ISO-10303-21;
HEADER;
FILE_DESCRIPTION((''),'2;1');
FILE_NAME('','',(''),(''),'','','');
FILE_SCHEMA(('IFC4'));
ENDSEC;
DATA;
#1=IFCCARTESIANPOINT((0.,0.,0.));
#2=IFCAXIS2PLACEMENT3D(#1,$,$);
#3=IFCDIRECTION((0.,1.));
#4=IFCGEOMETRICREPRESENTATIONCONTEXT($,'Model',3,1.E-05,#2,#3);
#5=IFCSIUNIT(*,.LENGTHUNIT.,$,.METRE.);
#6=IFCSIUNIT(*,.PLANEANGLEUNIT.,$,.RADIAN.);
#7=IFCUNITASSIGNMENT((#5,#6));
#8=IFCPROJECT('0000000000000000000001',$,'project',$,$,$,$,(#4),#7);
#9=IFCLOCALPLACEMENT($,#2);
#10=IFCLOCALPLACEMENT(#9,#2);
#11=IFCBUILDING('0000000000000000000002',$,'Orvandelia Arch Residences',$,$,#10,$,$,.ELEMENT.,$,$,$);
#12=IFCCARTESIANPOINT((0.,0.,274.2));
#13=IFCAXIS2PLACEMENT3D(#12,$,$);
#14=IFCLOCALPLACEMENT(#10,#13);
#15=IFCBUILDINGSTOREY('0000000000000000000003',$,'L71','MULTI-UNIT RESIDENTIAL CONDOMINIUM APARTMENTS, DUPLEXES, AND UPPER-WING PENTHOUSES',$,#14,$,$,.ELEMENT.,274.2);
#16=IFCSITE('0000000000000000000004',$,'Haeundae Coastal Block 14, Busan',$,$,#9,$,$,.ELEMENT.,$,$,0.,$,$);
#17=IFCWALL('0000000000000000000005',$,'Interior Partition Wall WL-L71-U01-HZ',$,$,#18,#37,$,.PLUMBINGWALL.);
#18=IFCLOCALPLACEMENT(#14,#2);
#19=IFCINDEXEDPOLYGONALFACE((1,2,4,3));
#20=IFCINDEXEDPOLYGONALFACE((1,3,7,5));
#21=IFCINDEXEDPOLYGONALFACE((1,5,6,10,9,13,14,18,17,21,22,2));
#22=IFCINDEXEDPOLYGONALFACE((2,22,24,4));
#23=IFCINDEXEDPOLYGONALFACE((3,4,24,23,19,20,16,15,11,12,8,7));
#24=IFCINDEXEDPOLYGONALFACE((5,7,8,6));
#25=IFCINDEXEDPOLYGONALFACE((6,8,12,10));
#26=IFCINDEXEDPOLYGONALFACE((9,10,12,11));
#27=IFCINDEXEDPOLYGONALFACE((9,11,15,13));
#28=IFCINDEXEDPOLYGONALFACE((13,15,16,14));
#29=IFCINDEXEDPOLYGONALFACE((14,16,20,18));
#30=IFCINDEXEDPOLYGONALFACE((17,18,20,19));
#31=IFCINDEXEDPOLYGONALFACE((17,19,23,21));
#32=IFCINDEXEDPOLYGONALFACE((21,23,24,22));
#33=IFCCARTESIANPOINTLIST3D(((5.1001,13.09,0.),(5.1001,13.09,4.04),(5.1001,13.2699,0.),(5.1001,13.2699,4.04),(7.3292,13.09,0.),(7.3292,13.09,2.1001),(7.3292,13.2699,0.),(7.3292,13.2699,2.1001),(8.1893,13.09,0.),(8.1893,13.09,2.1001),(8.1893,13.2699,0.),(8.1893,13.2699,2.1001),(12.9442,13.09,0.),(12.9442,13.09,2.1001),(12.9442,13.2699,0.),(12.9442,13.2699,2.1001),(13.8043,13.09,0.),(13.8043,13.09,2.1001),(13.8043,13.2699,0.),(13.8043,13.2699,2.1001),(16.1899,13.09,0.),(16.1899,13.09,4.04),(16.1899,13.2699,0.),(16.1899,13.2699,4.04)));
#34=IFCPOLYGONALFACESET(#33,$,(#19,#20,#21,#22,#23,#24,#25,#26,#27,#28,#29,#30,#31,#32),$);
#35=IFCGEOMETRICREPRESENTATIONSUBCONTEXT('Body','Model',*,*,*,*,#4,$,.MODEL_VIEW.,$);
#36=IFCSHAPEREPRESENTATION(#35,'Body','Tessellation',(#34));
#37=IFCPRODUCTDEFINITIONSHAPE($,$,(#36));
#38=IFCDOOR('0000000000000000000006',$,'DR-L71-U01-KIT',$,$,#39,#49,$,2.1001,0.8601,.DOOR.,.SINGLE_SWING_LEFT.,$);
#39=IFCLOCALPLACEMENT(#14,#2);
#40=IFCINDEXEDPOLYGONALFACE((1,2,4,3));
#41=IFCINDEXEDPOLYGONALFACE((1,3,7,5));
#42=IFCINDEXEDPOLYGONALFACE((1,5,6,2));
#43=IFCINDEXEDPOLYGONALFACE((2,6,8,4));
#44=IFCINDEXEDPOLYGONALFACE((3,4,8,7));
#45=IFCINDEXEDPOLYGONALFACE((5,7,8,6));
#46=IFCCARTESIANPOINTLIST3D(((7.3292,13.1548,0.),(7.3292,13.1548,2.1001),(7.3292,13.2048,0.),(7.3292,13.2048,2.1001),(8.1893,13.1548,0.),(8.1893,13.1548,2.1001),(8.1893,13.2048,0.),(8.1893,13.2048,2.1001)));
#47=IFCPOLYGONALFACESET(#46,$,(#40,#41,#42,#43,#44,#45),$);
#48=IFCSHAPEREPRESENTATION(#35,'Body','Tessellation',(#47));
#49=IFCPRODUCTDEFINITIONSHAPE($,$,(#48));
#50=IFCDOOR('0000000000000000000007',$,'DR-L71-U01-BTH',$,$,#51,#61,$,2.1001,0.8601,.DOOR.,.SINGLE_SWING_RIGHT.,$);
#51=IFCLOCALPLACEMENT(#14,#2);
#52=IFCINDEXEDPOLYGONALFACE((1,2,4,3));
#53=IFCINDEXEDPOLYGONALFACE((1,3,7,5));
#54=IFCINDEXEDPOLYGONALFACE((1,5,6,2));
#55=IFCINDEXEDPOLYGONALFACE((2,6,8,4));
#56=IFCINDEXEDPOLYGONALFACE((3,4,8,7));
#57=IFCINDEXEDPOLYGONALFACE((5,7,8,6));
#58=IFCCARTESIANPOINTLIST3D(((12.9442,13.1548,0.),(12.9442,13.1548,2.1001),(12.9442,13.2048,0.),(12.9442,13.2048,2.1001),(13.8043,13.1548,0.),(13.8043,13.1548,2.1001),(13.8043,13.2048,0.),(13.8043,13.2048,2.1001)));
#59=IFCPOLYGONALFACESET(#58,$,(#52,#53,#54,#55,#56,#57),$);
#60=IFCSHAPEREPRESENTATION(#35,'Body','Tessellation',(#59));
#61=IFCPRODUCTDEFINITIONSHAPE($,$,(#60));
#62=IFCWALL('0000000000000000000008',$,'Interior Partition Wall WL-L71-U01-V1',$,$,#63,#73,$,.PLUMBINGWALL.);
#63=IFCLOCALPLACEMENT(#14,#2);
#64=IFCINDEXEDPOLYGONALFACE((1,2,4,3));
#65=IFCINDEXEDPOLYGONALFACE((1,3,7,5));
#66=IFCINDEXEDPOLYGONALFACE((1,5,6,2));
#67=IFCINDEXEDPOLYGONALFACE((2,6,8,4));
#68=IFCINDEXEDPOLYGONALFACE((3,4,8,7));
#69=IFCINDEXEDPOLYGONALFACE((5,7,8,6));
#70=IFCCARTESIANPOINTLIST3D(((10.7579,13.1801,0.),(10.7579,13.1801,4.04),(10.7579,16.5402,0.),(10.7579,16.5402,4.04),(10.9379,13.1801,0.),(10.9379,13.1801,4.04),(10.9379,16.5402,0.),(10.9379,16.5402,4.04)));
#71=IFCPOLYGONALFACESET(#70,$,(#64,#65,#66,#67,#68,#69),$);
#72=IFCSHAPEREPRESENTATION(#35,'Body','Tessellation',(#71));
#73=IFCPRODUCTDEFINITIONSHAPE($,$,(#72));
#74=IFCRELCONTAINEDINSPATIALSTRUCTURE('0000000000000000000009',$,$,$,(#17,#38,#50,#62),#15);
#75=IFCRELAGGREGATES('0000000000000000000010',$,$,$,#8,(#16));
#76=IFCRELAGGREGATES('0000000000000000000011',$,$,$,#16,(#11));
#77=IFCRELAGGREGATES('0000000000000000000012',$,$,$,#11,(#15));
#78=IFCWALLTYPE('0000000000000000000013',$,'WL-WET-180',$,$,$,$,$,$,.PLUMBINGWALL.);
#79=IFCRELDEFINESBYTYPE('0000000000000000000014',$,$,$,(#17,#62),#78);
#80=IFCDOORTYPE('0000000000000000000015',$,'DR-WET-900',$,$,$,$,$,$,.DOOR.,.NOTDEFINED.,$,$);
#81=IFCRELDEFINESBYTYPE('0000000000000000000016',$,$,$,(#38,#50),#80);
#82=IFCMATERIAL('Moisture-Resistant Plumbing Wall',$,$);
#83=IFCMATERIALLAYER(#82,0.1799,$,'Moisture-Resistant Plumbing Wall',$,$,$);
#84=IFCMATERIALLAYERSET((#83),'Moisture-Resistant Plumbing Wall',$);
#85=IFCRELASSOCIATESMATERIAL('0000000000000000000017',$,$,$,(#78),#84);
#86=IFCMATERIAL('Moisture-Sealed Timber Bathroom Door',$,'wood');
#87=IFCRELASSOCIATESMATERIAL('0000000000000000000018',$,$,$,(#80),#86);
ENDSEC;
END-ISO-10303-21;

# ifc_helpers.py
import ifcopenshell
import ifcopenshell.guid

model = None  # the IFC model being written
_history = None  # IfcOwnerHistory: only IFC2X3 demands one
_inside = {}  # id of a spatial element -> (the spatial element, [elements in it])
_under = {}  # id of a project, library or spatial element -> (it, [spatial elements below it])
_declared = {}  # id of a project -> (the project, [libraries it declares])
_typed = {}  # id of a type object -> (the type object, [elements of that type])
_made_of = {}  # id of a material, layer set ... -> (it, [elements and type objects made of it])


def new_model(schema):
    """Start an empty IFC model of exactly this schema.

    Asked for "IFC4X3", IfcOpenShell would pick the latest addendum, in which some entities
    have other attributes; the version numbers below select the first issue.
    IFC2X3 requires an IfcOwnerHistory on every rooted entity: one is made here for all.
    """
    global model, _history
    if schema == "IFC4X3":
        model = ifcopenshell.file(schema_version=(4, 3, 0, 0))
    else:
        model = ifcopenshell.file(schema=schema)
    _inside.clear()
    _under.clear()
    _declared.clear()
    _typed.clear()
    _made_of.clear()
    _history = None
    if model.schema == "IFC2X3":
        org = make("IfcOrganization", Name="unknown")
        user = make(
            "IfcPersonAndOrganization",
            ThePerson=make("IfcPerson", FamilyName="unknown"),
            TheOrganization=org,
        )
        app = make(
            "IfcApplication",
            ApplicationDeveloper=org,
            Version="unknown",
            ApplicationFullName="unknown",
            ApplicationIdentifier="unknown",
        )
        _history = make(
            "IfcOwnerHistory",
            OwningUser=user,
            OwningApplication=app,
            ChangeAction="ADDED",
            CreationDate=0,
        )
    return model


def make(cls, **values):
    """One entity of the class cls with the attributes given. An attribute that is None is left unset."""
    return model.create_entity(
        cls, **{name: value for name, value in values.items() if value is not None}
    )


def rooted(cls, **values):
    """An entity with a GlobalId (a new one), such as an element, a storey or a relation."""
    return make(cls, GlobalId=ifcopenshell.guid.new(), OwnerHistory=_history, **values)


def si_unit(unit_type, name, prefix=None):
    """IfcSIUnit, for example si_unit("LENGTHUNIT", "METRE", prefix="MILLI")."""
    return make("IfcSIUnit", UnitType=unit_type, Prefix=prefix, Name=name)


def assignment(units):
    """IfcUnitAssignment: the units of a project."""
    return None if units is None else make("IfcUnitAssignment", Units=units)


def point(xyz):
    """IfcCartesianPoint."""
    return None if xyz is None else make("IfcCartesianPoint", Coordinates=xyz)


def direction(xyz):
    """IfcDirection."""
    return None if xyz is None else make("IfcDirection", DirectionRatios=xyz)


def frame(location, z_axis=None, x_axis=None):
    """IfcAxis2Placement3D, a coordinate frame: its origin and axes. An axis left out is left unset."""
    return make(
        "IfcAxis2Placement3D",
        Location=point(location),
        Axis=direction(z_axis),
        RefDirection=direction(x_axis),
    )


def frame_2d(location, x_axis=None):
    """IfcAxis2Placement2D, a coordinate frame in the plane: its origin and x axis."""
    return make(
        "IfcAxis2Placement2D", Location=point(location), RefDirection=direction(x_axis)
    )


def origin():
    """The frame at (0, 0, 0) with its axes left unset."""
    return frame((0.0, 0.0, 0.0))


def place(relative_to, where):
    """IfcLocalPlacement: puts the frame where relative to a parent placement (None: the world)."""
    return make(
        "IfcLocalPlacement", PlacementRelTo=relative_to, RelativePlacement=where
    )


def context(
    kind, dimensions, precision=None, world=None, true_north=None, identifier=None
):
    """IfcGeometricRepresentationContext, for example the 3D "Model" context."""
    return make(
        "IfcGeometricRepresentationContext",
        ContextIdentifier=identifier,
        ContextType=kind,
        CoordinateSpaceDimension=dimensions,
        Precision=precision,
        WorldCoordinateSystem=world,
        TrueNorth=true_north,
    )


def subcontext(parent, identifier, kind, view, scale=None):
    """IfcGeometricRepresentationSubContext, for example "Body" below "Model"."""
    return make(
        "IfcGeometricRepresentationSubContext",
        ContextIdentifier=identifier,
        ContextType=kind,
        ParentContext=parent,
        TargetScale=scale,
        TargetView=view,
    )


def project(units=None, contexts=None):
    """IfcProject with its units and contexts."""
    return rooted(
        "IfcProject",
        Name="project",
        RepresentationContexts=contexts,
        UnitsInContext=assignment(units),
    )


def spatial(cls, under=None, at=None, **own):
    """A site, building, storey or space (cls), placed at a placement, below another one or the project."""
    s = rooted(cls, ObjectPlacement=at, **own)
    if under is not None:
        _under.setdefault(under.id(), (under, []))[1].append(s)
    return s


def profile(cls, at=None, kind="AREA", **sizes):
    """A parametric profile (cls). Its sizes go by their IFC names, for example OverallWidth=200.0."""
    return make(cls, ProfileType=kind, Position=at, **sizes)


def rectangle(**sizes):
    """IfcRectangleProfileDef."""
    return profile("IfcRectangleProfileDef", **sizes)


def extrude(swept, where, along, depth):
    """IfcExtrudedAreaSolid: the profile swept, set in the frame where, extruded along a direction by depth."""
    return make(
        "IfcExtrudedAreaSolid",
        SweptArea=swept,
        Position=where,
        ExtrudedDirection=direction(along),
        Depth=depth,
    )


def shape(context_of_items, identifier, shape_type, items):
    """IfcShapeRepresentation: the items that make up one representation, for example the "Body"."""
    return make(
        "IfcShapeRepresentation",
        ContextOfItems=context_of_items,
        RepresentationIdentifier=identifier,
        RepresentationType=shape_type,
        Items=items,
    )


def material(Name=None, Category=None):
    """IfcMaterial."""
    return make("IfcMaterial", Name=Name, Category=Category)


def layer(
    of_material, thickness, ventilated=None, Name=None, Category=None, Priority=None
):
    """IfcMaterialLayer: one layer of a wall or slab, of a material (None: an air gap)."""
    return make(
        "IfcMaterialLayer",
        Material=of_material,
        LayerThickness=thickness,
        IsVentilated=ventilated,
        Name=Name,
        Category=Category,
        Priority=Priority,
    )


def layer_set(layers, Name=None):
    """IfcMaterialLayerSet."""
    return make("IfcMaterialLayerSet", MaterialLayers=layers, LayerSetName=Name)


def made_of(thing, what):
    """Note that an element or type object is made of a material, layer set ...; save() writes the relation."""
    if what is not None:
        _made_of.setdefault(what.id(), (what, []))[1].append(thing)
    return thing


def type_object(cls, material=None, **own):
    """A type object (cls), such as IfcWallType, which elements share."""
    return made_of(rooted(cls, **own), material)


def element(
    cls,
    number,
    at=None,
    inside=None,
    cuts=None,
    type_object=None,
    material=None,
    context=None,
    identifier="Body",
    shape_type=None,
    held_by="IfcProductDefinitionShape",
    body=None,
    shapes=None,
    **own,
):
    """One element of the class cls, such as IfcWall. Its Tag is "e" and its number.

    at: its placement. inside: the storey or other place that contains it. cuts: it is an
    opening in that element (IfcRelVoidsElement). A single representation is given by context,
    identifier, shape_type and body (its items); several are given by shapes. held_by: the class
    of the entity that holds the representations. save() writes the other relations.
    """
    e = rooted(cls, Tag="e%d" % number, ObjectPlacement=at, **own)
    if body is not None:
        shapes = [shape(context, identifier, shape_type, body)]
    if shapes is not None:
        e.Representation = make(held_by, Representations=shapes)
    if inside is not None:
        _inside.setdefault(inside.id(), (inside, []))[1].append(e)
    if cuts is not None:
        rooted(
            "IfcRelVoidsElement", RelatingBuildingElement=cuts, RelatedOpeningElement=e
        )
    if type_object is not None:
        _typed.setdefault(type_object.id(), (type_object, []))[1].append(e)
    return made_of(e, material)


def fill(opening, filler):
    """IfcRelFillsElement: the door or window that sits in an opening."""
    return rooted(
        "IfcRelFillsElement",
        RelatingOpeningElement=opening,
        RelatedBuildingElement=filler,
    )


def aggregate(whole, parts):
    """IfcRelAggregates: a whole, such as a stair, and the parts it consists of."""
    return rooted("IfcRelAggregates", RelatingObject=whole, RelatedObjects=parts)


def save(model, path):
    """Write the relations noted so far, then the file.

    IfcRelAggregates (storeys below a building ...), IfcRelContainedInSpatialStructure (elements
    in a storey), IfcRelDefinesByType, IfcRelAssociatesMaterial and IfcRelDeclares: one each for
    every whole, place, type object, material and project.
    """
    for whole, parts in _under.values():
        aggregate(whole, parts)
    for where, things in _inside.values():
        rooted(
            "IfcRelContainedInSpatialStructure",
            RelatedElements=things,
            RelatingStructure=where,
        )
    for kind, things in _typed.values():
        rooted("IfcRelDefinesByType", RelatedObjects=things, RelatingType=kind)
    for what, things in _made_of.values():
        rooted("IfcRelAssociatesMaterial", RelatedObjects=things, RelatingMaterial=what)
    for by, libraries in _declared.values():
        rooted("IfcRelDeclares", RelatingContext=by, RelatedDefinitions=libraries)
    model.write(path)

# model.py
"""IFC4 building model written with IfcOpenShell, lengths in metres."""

from ifc_helpers import new_model, si_unit, direction, frame, frame_2d, origin, place, context, subcontext, project, spatial, rectangle, extrude, material, layer, layer_set, type_object, element, fill, save


model = new_model("IFC4")

# Units and contexts
model_context = context("Model", 3, precision=1e-05, world=origin(), true_north=direction((0.0, 1.0)))
body_context = subcontext(model_context, "Body", "Model", "MODEL_VIEW")
ifc_project = project(units=[si_unit("LENGTHUNIT", "METRE"), si_unit("PLANEANGLEUNIT", "RADIAN")], contexts=[model_context])

# Site, building, storey
site_placement = place(None, origin())
site = spatial("IfcSite", under=ifc_project, at=site_placement, Name="Haeundae Coastal Block 14, Busan", CompositionType="ELEMENT", RefElevation=0.0)
building_placement = place(site_placement, origin())
building = spatial("IfcBuilding", under=site, at=building_placement, Name="Orvandelia Arch Residences", CompositionType="ELEMENT")
storey_placement = place(building_placement, frame((0.0, 0.0, 274.2)))
storey = spatial("IfcBuildingStorey", under=building, at=storey_placement, Name="L71", Description="MULTI-UNIT RESIDENTIAL CONDOMINIUM APARTMENTS, DUPLEXES, AND UPPER-WING PENTHOUSES", CompositionType="ELEMENT", Elevation=274.2)

# Wall, openings, doors
ifc_material_1 = material(Name="Moisture-Resistant Plumbing Wall")
ifc_layer_1 = layer(ifc_material_1, 0.1799, Name="Moisture-Resistant Plumbing Wall")
ifc_layer_set_1 = layer_set([ifc_layer_1], Name="Moisture-Resistant Plumbing Wall")
wall_type_1 = type_object("IfcWallType", Name="WL-WET-180", PredefinedType="PLUMBINGWALL", material=ifc_layer_set_1)
wall_1_placement = place(storey_placement, frame((5.1001, 13.1799, 0.0), z_axis=(0.0, 0.0, 1.0), x_axis=(1.0, 0.0, 0.0)))
wall_1 = element("IfcWall", 1, at=wall_1_placement, inside=storey, type_object=wall_type_1, Name="Interior Partition Wall WL-L71-U01-HZ", PredefinedType="PLUMBINGWALL", context=body_context, shape_type="SweptSolid", body=[
    extrude(rectangle(XDim=11.0898, YDim=0.1799, at=frame_2d((5.5449, 0.0))), origin(), (0.0, 0.0, 1.0), 4.04),
])
opening_1_placement = place(wall_1_placement, frame((2.229, 0.0, 0.0)))
opening_1 = element("IfcOpeningElement", 2, at=opening_1_placement, cuts=wall_1, PredefinedType="OPENING", context=body_context, shape_type="SweptSolid", body=[
    extrude(rectangle(XDim=0.8601, YDim=2.1001, at=frame_2d((0.4302, 1.05))), frame((0.0, 0.1001, 0.0), z_axis=(0.0, -1.0, 0.0), x_axis=(1.0, 0.0, 0.0)), (0.0, 0.0, 1.0), 0.2),
])
opening_2_placement = place(wall_1_placement, frame((7.844, 0.0, 0.0)))
opening_2 = element("IfcOpeningElement", 3, at=opening_2_placement, cuts=wall_1, PredefinedType="OPENING", context=body_context, shape_type="SweptSolid", body=[
    extrude(rectangle(XDim=0.8601, YDim=2.1001, at=frame_2d((0.4302, 1.05))), frame((0.0, 0.1001, 0.0), z_axis=(0.0, -1.0, 0.0), x_axis=(1.0, 0.0, 0.0)), (0.0, 0.0, 1.0), 0.2),
])
ifc_material_2 = material(Name="Moisture-Sealed Timber Bathroom Door", Category="wood")
door_type_1 = type_object("IfcDoorType", Name="DR-WET-900", OperationType="NOTDEFINED", PredefinedType="DOOR", material=ifc_material_2)
door_1_placement = place(opening_1_placement, origin())
door_1 = element("IfcDoor", 4, at=door_1_placement, inside=storey, type_object=door_type_1, Name="DR-L71-U01-KIT", OperationType="SINGLE_SWING_LEFT", OverallHeight=2.1001, OverallWidth=0.8601, PredefinedType="DOOR", context=body_context, shape_type="SweptSolid", body=[
    extrude(rectangle(XDim=0.8601, YDim=2.1001, at=frame_2d((0.4302, 1.05))), frame((0.0, 0.0249, 0.0), z_axis=(0.0, -1.0, 0.0), x_axis=(1.0, 0.0, 0.0)), (0.0, 0.0, 1.0), 0.05),
])
fill(opening_1, door_1)
door_2_placement = place(opening_2_placement, origin())
door_2 = element("IfcDoor", 5, at=door_2_placement, inside=storey, type_object=door_type_1, Name="DR-L71-U01-BTH", OperationType="SINGLE_SWING_RIGHT", OverallHeight=2.1001, OverallWidth=0.8601, PredefinedType="DOOR", context=body_context, shape_type="SweptSolid", body=[
    extrude(rectangle(XDim=0.8601, YDim=2.1001, at=frame_2d((0.4302, 1.05))), frame((0.0, 0.0249, 0.0), z_axis=(0.0, -1.0, 0.0), x_axis=(1.0, 0.0, 0.0)), (0.0, 0.0, 1.0), 0.05),
])
fill(opening_2, door_2)

# Wall
wall_2_placement = place(storey_placement, frame((10.8479, 13.1799, 0.0), z_axis=(0.0, 0.0, 1.0), x_axis=(0.0, 1.0, 0.0)))
element("IfcWall", 6, at=wall_2_placement, inside=storey, type_object=wall_type_1, Name="Interior Partition Wall WL-L71-U01-V1", PredefinedType="PLUMBINGWALL", context=body_context, shape_type="SweptSolid", body=[
    extrude(rectangle(XDim=3.3601, YDim=0.1799, at=frame_2d((1.6802, 0.0))), origin(), (0.0, 0.0, 1.0), 4.04),
])

save(model, "model.ifc")
